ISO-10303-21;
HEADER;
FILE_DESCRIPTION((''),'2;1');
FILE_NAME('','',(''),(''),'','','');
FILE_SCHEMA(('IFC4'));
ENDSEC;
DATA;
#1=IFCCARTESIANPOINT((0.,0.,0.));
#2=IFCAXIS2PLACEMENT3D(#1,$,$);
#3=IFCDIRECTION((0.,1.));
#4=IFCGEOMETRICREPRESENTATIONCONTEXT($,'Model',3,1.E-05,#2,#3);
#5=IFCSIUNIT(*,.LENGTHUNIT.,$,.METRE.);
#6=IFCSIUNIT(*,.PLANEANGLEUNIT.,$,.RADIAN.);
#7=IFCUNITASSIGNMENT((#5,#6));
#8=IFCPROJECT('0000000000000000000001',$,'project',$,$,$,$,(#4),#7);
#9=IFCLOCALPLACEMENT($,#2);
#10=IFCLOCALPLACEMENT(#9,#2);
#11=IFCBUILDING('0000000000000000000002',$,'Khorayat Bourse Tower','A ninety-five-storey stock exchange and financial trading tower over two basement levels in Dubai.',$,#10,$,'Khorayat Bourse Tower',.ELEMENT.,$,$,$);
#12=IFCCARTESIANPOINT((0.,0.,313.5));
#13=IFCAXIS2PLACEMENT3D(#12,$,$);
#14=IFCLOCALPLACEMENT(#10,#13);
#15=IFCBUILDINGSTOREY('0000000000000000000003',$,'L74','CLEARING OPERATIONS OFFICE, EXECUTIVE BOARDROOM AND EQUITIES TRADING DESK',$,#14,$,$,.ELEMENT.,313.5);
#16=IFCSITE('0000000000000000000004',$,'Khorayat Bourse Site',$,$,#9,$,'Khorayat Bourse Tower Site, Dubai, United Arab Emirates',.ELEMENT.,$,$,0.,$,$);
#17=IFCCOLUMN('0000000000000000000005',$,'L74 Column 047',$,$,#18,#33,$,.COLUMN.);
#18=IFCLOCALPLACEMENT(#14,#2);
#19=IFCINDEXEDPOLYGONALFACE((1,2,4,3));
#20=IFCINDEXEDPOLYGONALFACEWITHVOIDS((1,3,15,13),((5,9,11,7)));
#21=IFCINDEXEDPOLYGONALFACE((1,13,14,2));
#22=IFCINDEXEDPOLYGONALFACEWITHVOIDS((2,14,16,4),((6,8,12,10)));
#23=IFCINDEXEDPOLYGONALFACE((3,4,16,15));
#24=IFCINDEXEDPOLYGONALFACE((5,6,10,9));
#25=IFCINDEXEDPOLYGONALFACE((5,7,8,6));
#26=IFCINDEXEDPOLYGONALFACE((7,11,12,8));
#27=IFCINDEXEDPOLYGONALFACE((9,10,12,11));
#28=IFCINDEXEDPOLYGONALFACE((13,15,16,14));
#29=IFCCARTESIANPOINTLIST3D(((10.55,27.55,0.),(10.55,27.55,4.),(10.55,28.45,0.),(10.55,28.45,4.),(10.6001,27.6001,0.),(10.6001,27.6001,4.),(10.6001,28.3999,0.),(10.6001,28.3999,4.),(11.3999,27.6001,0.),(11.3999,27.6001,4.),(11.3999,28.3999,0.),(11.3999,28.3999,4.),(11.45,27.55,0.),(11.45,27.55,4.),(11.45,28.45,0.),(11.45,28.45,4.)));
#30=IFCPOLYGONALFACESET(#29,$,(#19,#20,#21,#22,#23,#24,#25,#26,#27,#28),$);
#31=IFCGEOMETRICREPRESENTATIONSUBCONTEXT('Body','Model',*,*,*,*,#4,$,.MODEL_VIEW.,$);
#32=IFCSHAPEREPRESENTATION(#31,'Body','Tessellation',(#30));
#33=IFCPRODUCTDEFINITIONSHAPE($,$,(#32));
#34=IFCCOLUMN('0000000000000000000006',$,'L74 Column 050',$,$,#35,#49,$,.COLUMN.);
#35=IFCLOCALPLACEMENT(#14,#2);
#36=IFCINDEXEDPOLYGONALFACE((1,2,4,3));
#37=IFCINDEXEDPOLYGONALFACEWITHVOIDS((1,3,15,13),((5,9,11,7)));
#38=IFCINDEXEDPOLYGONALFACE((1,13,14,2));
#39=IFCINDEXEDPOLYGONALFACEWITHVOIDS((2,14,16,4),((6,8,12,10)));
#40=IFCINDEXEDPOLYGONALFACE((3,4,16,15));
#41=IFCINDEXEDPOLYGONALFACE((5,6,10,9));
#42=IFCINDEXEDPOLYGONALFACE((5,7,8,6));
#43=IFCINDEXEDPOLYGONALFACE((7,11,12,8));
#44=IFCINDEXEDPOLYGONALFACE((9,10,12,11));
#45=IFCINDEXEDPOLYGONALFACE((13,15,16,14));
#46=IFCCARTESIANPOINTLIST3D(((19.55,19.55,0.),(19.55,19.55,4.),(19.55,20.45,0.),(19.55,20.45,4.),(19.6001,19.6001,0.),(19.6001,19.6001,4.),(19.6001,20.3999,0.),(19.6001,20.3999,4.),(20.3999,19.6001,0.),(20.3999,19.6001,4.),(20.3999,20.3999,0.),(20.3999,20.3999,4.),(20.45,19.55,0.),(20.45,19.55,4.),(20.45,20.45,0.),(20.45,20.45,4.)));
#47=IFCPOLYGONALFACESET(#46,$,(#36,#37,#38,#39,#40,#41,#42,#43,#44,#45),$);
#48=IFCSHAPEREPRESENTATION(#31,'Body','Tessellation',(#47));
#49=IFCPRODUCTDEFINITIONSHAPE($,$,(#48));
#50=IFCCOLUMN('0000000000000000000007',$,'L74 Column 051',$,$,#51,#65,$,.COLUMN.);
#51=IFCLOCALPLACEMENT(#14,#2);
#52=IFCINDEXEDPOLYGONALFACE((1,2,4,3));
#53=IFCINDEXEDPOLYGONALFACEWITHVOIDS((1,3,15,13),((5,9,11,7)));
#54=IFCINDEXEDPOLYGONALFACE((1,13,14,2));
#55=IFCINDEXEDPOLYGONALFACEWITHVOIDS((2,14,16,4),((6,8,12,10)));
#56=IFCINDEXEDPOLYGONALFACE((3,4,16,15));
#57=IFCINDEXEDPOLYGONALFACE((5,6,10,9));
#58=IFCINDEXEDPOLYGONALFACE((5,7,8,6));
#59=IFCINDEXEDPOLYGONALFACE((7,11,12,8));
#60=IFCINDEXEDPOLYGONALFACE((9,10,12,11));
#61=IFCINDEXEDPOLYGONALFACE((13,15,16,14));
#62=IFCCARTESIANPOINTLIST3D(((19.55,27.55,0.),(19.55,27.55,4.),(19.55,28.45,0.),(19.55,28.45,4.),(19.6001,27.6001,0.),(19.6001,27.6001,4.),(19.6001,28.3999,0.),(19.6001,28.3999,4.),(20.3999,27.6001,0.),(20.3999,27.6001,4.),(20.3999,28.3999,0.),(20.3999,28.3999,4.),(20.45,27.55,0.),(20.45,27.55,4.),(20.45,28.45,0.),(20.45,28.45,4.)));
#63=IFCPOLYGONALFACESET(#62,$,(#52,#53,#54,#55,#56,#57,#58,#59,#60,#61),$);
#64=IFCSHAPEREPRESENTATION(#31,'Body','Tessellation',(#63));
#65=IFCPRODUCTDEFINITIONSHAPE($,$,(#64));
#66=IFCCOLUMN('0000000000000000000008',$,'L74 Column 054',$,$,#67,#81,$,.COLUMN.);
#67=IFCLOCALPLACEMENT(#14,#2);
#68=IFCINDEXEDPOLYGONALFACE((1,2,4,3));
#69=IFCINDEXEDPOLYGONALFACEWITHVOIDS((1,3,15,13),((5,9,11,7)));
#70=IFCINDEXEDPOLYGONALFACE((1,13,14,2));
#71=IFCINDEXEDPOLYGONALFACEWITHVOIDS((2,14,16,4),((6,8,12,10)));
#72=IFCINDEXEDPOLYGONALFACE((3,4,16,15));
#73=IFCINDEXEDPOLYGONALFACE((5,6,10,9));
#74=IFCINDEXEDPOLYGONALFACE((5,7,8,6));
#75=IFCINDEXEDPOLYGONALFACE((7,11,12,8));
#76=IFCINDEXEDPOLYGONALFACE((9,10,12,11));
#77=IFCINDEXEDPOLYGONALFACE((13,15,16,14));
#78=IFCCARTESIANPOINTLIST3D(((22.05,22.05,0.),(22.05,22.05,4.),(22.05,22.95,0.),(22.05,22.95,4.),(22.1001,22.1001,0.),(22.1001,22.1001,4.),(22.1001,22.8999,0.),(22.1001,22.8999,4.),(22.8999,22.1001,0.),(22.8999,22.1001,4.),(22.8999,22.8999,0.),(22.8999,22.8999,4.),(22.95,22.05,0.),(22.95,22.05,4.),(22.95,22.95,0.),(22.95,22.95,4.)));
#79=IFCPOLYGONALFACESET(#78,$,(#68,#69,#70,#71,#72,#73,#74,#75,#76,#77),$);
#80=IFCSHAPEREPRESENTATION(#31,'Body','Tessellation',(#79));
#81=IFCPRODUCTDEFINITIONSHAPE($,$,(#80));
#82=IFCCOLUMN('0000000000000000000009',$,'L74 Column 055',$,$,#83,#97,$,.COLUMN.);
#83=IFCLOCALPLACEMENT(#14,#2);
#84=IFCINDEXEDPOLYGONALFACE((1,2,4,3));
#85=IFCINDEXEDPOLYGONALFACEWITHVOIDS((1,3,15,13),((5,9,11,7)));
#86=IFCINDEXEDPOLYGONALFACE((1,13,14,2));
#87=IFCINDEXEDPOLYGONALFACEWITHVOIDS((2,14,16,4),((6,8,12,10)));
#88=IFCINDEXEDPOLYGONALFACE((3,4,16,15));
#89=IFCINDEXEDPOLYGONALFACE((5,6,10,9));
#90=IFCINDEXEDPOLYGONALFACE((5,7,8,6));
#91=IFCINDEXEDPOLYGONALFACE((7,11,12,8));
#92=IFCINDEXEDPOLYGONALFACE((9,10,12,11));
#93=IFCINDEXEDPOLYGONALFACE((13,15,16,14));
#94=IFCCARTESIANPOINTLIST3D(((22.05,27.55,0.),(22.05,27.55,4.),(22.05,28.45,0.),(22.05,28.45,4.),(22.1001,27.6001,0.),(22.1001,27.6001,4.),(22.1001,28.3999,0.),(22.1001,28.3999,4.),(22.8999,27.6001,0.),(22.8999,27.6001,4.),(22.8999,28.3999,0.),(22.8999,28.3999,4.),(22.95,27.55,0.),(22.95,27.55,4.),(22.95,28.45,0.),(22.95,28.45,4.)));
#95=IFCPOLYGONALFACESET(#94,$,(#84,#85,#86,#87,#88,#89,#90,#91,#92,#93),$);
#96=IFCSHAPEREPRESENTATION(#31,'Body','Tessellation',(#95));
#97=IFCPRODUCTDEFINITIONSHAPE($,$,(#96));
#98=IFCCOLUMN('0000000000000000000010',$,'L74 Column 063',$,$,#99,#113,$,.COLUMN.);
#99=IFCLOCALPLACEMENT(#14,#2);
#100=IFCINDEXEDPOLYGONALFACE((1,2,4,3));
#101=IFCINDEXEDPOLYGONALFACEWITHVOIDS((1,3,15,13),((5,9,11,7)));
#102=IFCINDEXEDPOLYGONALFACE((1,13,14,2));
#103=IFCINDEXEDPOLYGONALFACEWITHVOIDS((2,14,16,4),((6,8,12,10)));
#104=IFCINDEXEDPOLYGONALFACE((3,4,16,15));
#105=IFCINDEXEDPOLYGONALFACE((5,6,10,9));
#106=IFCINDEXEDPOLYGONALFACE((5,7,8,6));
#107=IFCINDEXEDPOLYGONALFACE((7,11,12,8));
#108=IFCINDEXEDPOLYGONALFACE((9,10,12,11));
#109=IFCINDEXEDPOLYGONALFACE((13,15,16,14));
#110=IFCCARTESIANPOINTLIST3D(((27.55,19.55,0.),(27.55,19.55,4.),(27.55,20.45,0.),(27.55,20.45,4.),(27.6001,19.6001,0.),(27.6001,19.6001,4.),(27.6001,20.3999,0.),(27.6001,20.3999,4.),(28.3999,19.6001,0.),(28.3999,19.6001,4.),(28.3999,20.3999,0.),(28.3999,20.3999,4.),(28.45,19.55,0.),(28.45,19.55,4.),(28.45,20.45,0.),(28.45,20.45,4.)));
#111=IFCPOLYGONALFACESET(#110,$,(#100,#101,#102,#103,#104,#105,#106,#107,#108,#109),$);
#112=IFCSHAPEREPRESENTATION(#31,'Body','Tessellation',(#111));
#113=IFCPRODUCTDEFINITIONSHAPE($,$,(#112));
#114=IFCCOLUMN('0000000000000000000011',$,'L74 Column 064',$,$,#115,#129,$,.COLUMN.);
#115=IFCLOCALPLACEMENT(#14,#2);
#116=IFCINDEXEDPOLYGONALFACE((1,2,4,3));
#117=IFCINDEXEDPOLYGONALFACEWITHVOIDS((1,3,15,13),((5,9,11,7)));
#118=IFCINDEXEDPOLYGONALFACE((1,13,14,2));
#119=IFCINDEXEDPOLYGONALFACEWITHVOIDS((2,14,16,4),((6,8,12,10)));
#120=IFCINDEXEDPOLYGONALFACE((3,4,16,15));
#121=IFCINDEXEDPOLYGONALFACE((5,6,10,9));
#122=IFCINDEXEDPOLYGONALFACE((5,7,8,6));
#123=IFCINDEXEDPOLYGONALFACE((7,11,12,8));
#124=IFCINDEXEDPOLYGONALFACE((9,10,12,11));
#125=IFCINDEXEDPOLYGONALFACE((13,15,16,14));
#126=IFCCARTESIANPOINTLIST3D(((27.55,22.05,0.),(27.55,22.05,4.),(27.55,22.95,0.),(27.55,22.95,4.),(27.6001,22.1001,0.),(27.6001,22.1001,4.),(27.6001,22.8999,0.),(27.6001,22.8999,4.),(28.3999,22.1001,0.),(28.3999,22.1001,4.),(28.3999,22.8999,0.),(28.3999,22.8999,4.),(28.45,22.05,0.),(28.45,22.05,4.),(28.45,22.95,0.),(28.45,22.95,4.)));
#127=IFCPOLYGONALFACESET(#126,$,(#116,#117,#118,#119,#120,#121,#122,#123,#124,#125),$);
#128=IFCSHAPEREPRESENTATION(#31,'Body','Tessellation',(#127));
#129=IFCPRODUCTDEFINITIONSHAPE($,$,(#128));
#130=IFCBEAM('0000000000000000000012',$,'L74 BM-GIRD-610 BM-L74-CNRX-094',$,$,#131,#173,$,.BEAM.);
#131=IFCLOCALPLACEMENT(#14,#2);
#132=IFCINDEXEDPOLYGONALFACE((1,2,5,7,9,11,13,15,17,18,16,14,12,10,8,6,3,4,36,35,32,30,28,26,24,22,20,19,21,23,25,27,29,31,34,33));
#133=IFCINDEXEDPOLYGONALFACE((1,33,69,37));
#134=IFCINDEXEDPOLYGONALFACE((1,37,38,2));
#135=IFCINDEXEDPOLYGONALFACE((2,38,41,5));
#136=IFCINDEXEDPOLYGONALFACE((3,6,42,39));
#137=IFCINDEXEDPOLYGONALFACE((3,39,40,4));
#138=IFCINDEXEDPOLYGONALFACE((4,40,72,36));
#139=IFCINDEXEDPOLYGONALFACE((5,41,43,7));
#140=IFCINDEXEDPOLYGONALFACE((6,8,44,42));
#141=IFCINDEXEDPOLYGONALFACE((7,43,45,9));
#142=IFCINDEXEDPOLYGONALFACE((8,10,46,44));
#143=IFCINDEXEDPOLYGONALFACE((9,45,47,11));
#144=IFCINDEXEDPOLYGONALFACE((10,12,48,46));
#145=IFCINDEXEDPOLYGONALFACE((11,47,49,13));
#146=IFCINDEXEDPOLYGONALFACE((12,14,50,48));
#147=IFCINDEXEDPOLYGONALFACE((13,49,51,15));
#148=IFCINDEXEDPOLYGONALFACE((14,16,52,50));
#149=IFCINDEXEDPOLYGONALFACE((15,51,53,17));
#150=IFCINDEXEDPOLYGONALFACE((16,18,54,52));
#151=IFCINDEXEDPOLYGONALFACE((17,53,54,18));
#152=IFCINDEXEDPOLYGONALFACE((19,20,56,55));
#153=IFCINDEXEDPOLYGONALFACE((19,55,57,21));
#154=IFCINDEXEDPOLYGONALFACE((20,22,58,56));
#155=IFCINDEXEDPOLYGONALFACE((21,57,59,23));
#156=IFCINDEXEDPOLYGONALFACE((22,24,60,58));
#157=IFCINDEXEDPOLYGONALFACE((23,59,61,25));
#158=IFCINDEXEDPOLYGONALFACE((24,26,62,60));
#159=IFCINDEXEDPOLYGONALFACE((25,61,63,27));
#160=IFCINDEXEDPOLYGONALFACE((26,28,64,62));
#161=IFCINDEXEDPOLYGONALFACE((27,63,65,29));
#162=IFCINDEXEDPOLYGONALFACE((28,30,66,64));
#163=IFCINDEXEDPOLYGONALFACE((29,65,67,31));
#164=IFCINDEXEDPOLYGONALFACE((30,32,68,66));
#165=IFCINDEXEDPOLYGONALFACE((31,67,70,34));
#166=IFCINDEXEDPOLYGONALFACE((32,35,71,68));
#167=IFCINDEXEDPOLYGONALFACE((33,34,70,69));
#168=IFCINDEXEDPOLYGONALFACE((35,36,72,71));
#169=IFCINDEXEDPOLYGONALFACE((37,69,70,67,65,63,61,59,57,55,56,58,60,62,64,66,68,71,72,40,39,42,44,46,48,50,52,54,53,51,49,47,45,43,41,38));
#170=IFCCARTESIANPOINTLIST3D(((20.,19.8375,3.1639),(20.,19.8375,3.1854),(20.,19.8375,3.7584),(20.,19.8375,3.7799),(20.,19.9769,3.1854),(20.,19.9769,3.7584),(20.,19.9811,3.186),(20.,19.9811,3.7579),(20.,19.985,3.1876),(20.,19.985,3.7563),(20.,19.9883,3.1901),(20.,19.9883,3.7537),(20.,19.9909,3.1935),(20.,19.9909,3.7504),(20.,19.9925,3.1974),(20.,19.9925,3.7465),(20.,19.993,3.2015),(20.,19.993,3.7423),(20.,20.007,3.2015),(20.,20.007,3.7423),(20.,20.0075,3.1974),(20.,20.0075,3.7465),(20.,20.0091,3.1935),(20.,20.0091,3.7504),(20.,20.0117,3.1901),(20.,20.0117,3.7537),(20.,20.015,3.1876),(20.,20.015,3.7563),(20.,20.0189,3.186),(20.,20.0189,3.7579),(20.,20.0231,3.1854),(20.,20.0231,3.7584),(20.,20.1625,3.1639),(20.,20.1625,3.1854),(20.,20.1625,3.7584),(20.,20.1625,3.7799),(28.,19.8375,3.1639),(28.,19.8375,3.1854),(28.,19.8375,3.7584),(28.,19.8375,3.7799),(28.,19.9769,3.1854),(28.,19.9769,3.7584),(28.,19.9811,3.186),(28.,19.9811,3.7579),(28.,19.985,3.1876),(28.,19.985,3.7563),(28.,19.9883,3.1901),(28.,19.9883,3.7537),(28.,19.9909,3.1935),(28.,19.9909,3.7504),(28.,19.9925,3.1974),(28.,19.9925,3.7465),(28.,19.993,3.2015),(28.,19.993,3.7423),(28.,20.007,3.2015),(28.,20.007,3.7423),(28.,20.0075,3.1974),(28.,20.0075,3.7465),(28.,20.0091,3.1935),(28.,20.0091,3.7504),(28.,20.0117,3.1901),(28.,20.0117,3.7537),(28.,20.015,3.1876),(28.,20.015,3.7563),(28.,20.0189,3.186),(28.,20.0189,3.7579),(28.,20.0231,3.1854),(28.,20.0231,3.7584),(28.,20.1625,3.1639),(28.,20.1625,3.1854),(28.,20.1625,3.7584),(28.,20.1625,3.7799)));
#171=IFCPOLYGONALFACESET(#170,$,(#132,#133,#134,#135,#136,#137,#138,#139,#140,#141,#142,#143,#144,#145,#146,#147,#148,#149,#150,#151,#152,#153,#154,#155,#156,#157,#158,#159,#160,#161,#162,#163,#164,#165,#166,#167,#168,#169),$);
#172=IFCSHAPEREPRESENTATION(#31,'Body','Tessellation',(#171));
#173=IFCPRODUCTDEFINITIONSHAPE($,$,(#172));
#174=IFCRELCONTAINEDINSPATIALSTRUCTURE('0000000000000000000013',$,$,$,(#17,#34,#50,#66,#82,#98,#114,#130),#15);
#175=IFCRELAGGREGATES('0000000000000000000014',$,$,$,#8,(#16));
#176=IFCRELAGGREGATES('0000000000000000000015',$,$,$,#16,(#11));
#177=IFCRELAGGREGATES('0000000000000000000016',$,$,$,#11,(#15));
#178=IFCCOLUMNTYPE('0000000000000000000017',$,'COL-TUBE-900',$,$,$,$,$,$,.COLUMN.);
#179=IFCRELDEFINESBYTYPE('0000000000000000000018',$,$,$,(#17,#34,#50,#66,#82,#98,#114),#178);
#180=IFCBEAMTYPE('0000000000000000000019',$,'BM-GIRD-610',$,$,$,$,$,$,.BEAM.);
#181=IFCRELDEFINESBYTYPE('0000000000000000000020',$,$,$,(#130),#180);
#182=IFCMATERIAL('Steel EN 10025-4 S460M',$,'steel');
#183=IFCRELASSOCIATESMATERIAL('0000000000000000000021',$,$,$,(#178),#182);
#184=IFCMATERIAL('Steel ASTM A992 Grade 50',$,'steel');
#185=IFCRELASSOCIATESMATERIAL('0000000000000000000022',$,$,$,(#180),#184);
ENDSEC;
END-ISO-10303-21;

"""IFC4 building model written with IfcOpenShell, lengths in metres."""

from ifc_helpers import new_model, si_unit, direction, frame, origin, origin_2d, place, context, subcontext, project, spatial, hollow_rectangle, i_section, extrude, source, transform, mapped, material, material_profile, profile_set, type_object, element, save


model = new_model("IFC4")

# Units and contexts
model_context = context("Model", 3, precision=1e-05, world=origin(), true_north=direction((0.0, 1.0)))
body_context = subcontext(model_context, "Body", "Model", "MODEL_VIEW")
ifc_project = project(units=[si_unit("LENGTHUNIT", "METRE"), si_unit("PLANEANGLEUNIT", "RADIAN")], contexts=[model_context])

# Site, building, storey
site_placement = place(None, origin())
site = spatial("IfcSite", under=ifc_project, at=site_placement, Name="Khorayat Bourse Site", LongName="Khorayat Bourse Tower Site, Dubai, United Arab Emirates", CompositionType="ELEMENT", RefElevation=0.0)
building_placement = place(site_placement, origin())
building = spatial("IfcBuilding", under=site, at=building_placement, Name="Khorayat Bourse Tower", Description="A ninety-five-storey stock exchange and financial trading tower over two basement levels in Dubai.", LongName="Khorayat Bourse Tower", CompositionType="ELEMENT")
storey_placement = place(building_placement, frame((0.0, 0.0, 313.5)))
storey = spatial("IfcBuildingStorey", under=building, at=storey_placement, Name="L74", Description="CLEARING OPERATIONS OFFICE, EXECUTIVE BOARDROOM AND EQUITIES TRADING DESK", CompositionType="ELEMENT", Elevation=313.5)

# Columns
ifc_material_1 = material(Name="Steel EN 10025-4 S460M", Category="steel")
ifc_material_profile_1 = material_profile(ifc_material_1, hollow_rectangle(XDim=0.8999, YDim=0.8999, WallThickness=0.05, at=origin_2d()), Name="BOX 900x900x50")
ifc_profile_set_1 = profile_set([ifc_material_profile_1], Name="Steel EN 10025-4 S460M")
column_type = type_object("IfcColumnType", Name="COL-TUBE-900", PredefinedType="COLUMN", material=ifc_profile_set_1)
shared_shape_1 = source(origin(), body_context, "Body", "SweptSolid", [
    extrude(hollow_rectangle(XDim=0.8999, YDim=0.8999, WallThickness=0.05, at=origin_2d()), origin(), (0.0, 0.0, 1.0), 4.0),
])
for number, where, z_axis, x_axis, name in (
    (1, (11.0, 28.0, 0.0), (0.0, 0.0, 1.0), (1.0, 0.0, 0.0), "L74 Column 047"),
    (2, (20.0, 20.0, 0.0), (0.0, 0.0, 1.0), (1.0, 0.0, 0.0), "L74 Column 050"),
    (3, (20.0, 28.0, 0.0), (0.0, 0.0, 1.0), (1.0, 0.0, 0.0), "L74 Column 051"),
    (4, (22.5, 22.5, 0.0), (0.0, 0.0, 1.0), (1.0, 0.0, 0.0), "L74 Column 054"),
    (5, (22.5, 28.0, 0.0), (0.0, 0.0, 1.0), (1.0, 0.0, 0.0), "L74 Column 055"),
    (6, (28.0, 20.0, 0.0), (0.0, 0.0, 1.0), (1.0, 0.0, 0.0), "L74 Column 063"),
    (7, (28.0, 22.5, 0.0), (0.0, 0.0, 1.0), (1.0, 0.0, 0.0), "L74 Column 064"),
):
    element("IfcColumn", number, at=place(storey_placement, frame(where, z_axis=z_axis, x_axis=x_axis)), inside=storey, type_object=column_type, Name=name, PredefinedType="COLUMN", context=body_context, shape_type="MappedRepresentation", body=[
        mapped(shared_shape_1, transform((0.0, 0.0, 0.0), scale=1.0)),
    ])

# Beam
ifc_material_2 = material(Name="Steel ASTM A992 Grade 50", Category="steel")
ifc_material_profile_2 = material_profile(ifc_material_2, i_section(OverallWidth=0.325, OverallDepth=0.616, WebThickness=0.0139, FlangeThickness=0.0215, FilletRadius=0.0161, at=origin_2d()), Name="W610X174")
ifc_profile_set_2 = profile_set([ifc_material_profile_2], Name="Steel ASTM A992 Grade 50")
beam_type_1 = type_object("IfcBeamType", Name="BM-GIRD-610", PredefinedType="BEAM", material=ifc_profile_set_2)
shared_shape_2 = source(origin(), body_context, "Body", "SweptSolid", [
    extrude(i_section(OverallWidth=0.325, OverallDepth=0.616, WebThickness=0.0139, FlangeThickness=0.0215, FilletRadius=0.0161, at=origin_2d()), origin(), (0.0, 0.0, 1.0), 8.0),
])
beam_1_placement = place(storey_placement, frame((20.0, 20.0, 3.4719), z_axis=(1.0, 0.0, 0.0), x_axis=(0.0, 1.0, 0.0)))
element("IfcBeam", 8, at=beam_1_placement, inside=storey, type_object=beam_type_1, Name="L74 BM-GIRD-610 BM-L74-CNRX-094", PredefinedType="BEAM", context=body_context, shape_type="MappedRepresentation", body=[
    mapped(shared_shape_2, transform((0.0, 0.0, 0.0), scale=1.0)),
])

save(model, "model.ifc")
